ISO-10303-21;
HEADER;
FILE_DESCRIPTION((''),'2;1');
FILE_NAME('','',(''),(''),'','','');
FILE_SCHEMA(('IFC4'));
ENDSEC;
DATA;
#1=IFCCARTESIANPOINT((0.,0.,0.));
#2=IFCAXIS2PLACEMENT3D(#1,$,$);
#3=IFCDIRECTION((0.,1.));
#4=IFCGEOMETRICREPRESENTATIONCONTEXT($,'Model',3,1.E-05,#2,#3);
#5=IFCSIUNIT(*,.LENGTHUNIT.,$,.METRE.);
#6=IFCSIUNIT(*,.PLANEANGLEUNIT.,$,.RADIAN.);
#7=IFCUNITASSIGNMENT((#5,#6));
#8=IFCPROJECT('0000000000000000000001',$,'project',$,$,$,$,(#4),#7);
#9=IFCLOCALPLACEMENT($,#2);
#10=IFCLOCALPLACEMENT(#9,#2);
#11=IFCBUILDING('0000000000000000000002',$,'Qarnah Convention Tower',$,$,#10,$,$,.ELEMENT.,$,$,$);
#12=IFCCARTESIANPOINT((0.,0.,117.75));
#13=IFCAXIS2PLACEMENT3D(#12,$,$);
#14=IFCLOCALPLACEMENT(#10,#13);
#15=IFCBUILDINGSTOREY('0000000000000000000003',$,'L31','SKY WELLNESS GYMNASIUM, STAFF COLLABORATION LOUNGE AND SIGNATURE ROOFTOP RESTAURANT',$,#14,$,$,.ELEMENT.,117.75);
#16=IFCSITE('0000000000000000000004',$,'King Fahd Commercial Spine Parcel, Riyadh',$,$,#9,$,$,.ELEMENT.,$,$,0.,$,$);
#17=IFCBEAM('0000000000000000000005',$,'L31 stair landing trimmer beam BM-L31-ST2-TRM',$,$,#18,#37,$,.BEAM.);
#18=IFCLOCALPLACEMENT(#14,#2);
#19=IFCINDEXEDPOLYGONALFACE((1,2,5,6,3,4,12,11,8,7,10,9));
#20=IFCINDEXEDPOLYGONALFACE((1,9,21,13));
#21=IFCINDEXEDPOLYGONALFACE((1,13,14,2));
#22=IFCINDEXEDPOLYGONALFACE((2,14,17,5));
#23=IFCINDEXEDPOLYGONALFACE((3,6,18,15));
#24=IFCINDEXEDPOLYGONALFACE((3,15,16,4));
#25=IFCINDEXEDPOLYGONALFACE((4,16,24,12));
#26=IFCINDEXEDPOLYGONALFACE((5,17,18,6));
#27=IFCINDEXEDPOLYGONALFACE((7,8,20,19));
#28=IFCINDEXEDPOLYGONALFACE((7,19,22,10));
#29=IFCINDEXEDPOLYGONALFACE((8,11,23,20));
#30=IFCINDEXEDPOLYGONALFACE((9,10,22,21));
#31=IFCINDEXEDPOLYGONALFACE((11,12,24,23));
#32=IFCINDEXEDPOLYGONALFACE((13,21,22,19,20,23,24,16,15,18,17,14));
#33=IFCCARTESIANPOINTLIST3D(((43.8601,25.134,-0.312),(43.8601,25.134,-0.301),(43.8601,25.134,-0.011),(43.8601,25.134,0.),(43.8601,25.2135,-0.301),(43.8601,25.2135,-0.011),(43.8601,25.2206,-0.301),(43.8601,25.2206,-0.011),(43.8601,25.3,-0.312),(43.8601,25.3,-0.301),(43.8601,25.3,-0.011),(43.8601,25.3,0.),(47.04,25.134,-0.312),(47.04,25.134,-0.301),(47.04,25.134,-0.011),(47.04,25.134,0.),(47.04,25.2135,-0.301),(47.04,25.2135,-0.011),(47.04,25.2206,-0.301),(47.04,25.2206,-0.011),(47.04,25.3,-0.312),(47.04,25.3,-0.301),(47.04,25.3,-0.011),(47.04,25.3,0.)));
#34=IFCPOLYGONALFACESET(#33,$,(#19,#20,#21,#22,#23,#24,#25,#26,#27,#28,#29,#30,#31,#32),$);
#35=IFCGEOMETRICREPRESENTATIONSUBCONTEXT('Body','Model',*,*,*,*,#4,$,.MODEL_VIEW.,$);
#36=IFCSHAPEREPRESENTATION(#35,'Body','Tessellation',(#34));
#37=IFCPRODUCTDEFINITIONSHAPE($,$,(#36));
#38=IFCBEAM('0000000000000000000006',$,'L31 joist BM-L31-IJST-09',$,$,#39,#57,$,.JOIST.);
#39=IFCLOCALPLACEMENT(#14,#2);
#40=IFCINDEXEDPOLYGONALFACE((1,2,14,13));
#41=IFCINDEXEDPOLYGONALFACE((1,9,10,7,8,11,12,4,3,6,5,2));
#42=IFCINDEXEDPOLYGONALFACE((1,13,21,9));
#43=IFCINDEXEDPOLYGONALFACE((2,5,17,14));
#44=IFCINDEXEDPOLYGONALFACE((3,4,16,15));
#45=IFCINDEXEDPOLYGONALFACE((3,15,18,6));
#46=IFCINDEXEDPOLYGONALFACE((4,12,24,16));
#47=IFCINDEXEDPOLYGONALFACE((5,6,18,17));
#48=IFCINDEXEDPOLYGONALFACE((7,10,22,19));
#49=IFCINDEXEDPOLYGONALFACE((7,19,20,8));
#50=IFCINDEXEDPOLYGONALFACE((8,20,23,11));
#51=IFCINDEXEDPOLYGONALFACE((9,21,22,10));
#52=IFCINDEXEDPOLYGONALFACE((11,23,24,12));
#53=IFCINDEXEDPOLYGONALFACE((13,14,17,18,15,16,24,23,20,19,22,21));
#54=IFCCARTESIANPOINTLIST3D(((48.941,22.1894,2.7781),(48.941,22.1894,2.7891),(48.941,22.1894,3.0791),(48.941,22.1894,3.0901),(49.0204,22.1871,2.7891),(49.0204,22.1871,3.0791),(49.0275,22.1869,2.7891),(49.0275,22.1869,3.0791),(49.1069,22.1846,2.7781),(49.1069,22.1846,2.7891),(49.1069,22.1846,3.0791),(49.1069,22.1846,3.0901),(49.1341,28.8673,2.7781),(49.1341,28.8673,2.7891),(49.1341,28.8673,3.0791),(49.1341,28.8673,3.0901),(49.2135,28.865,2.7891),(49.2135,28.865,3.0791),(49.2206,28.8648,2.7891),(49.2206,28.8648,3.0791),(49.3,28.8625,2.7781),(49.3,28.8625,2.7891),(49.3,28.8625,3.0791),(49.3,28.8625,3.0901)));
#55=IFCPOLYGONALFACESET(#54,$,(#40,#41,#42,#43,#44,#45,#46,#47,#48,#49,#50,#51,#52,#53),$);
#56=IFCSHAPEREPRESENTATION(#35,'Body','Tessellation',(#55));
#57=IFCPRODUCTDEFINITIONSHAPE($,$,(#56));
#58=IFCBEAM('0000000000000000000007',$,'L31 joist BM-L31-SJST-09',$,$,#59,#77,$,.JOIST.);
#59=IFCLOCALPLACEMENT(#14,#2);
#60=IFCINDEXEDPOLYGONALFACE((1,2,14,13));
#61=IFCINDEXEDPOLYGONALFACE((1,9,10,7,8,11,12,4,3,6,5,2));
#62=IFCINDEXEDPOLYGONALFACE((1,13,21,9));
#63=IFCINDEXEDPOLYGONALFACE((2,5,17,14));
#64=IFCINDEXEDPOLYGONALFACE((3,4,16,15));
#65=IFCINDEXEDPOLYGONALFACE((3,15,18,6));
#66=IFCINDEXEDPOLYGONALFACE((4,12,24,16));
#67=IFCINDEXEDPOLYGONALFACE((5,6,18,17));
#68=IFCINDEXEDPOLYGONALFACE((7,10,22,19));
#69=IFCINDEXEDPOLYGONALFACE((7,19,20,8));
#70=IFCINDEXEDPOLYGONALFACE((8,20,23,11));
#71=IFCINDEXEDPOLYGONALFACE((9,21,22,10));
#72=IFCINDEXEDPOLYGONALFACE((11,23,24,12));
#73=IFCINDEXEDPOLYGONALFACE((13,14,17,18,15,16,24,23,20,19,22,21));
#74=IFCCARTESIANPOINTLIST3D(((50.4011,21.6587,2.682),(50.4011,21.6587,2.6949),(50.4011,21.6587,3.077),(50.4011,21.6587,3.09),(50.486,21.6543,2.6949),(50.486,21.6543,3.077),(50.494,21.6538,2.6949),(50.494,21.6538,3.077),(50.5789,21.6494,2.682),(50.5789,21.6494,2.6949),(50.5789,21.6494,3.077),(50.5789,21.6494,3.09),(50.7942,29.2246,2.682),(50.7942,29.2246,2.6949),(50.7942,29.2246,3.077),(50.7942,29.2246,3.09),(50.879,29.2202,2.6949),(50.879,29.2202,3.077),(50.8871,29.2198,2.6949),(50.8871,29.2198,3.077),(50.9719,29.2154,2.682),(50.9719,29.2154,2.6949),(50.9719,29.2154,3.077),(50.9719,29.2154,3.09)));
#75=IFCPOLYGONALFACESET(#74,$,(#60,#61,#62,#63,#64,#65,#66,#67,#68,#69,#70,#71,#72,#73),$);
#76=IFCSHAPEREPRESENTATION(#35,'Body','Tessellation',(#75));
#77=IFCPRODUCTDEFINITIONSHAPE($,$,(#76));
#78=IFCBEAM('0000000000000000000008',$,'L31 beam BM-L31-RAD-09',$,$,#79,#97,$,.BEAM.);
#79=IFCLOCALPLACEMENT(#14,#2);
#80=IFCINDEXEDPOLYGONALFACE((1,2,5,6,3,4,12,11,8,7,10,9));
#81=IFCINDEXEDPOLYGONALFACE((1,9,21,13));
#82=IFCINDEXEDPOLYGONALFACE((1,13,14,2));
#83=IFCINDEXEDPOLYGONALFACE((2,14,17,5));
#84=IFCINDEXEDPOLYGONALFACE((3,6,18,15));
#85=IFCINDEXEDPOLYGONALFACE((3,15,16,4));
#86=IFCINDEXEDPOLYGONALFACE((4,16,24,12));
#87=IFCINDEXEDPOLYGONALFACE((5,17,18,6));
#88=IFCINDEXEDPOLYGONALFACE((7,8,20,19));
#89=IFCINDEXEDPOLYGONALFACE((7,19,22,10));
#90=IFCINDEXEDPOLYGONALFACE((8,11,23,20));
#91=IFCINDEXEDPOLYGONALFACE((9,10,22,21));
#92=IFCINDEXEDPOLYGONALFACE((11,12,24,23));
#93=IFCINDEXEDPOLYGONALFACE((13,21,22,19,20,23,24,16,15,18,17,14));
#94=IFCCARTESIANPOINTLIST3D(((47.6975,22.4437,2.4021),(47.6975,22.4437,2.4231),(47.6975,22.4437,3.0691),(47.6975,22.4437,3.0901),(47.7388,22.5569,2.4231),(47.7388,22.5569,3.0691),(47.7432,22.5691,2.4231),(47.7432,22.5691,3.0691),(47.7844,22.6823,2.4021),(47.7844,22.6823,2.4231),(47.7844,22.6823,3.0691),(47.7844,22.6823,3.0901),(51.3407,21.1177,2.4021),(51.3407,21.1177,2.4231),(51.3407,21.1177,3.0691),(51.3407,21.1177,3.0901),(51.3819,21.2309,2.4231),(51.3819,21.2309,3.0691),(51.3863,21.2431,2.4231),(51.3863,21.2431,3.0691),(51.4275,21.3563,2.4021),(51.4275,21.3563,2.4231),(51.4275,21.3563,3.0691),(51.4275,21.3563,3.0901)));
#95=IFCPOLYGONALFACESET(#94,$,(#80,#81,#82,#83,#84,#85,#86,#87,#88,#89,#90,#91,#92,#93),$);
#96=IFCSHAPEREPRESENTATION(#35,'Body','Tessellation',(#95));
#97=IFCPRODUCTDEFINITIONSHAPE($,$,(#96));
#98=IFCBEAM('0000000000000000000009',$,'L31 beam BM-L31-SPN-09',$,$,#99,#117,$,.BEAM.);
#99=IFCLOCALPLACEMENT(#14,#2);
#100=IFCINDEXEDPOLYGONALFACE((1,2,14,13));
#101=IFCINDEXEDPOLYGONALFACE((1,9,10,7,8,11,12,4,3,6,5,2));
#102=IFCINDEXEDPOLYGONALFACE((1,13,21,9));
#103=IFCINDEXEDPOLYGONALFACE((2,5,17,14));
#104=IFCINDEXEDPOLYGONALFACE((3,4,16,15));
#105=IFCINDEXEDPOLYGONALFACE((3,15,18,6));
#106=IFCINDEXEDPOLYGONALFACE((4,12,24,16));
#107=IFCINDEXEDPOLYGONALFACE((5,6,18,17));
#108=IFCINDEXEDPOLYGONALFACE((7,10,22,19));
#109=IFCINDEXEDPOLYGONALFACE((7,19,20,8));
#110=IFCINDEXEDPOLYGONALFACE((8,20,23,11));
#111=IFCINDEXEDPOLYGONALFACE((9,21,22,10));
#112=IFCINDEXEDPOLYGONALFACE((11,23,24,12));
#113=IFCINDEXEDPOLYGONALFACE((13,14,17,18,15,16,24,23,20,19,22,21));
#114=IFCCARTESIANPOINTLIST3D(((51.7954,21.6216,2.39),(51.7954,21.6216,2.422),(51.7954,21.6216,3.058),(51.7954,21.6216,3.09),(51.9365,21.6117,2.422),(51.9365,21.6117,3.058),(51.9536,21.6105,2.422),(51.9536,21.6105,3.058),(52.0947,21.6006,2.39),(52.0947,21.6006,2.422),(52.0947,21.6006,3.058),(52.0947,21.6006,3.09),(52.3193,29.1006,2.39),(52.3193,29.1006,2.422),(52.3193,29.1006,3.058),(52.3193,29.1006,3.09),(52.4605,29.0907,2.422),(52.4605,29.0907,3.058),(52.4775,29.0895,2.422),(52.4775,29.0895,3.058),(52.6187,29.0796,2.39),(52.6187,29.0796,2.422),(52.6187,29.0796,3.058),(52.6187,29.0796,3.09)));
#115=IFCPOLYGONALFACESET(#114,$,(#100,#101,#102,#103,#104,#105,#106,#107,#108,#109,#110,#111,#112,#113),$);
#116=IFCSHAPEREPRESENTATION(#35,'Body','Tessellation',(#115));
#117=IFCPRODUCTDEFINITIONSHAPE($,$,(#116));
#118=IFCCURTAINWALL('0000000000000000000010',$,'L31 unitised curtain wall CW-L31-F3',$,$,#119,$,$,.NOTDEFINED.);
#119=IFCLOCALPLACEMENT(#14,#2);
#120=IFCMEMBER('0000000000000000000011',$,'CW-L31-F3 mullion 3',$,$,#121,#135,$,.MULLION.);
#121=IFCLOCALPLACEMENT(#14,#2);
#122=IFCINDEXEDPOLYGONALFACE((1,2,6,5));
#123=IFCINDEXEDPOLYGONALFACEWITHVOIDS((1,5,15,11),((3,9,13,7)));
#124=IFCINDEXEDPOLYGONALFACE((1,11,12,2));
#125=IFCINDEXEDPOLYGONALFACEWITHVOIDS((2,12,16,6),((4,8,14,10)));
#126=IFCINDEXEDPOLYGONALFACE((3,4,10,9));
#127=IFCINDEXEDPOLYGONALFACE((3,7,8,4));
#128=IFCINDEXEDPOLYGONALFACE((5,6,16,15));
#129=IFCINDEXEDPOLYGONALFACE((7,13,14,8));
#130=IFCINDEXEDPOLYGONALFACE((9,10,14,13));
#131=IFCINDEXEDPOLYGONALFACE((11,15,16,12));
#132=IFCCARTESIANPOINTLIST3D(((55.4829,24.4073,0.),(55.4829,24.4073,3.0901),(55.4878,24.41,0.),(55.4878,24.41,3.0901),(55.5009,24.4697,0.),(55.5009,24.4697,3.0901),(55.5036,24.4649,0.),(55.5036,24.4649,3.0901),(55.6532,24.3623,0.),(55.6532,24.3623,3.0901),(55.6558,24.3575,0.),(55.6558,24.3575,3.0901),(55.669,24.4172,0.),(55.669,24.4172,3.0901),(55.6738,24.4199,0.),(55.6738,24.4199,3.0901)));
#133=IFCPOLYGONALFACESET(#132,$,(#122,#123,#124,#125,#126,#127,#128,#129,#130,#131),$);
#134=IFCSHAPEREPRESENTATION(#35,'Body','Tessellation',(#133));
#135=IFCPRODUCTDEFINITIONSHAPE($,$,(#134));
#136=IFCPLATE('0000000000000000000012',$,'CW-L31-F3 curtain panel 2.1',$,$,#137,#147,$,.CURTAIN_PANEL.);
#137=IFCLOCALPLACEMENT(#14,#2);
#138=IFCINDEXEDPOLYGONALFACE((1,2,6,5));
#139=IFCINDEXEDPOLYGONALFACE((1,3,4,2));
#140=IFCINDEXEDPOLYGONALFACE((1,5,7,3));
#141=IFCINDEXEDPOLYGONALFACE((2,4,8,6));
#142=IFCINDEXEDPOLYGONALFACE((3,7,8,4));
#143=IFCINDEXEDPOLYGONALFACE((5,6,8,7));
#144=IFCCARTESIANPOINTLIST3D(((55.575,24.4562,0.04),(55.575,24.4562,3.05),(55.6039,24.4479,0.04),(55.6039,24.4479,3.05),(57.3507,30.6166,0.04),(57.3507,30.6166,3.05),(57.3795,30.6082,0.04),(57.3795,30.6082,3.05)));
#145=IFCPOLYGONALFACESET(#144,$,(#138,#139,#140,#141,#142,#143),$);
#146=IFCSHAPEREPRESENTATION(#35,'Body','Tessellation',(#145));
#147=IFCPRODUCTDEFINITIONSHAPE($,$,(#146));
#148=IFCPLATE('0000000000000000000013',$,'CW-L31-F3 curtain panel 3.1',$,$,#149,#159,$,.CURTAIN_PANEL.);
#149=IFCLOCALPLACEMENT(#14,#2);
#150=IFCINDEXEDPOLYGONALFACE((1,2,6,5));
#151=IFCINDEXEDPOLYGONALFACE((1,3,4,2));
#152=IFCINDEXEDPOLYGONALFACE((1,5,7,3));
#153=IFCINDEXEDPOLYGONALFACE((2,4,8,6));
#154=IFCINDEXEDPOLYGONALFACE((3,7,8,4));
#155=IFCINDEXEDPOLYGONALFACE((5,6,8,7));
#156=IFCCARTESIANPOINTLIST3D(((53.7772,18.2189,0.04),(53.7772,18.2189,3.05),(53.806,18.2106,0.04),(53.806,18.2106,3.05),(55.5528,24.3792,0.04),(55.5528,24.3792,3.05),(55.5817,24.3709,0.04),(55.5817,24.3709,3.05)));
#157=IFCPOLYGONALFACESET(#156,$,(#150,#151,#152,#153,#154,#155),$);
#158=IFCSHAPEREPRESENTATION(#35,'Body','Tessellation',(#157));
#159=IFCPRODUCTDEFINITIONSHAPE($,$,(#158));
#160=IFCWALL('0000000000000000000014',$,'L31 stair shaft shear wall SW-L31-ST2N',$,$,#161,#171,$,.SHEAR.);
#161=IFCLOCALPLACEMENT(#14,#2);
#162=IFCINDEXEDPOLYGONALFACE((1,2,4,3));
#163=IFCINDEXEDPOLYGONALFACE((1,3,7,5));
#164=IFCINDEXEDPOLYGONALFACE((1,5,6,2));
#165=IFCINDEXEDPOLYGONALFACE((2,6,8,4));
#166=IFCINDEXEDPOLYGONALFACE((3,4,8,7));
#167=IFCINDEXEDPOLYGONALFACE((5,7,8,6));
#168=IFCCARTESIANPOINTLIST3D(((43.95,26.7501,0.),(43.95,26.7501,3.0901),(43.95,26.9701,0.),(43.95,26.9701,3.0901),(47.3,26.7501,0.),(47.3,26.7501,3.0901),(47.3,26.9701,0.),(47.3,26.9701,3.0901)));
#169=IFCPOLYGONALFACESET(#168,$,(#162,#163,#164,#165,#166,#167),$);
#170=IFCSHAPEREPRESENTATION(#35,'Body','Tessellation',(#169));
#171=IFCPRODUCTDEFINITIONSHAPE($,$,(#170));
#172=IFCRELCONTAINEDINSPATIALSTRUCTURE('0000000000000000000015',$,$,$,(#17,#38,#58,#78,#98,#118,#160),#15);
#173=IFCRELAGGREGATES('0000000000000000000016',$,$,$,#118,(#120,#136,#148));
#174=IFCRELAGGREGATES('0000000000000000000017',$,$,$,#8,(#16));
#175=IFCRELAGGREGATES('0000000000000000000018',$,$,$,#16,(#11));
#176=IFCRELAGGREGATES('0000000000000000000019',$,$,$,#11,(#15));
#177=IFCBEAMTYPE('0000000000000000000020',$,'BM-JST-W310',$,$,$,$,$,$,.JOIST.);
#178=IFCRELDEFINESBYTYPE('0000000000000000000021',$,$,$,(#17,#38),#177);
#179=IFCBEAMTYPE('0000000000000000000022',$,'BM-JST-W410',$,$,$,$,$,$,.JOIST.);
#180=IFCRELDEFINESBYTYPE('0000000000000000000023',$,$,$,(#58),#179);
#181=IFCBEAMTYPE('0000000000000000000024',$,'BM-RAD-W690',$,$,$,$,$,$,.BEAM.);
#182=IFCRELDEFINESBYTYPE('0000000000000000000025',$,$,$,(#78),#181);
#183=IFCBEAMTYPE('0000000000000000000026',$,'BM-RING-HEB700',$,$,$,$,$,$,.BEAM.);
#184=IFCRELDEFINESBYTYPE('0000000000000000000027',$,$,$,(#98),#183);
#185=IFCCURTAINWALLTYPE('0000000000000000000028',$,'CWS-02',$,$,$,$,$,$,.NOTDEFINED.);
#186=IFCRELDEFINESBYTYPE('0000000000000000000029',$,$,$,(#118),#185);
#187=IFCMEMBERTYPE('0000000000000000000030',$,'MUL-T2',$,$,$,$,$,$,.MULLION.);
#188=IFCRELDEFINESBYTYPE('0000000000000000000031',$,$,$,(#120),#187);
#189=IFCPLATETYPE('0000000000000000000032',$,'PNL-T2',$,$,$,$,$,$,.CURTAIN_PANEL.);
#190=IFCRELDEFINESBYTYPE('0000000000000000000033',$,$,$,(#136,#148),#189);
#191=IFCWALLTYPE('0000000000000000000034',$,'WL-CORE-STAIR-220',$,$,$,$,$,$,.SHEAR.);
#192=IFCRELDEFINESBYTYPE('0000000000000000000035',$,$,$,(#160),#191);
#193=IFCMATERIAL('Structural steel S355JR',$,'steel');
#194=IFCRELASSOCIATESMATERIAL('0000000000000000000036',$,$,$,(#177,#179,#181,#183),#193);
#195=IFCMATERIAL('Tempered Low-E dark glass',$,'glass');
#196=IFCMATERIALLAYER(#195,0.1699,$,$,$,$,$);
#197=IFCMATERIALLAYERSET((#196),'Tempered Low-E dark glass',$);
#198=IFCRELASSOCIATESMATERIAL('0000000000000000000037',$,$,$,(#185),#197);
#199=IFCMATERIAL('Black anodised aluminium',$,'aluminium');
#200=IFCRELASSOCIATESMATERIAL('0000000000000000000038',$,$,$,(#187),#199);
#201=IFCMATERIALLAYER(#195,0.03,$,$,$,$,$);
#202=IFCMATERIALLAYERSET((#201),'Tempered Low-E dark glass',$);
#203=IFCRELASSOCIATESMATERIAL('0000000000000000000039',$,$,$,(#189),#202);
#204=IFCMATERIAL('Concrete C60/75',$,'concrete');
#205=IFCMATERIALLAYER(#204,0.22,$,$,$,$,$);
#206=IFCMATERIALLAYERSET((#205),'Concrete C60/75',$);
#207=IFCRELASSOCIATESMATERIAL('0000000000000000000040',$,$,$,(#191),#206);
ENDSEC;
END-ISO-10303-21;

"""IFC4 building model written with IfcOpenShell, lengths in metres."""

from ifc_helpers import new_model, si_unit, direction, frame, frame_2d, origin, origin_2d, place, context, subcontext, project, spatial, rectangle, hollow_rectangle, i_section, extrude, material, layer, layer_set, material_profile, profile_set, type_object, element, aggregate, save


model = new_model("IFC4")

# Units and contexts
model_context = context("Model", 3, precision=1e-05, world=origin(), true_north=direction((0.0, 1.0)))
body_context = subcontext(model_context, "Body", "Model", "MODEL_VIEW")
ifc_project = project(units=[si_unit("LENGTHUNIT", "METRE"), si_unit("PLANEANGLEUNIT", "RADIAN")], contexts=[model_context])

# Site, building, storey
site_placement = place(None, origin())
site = spatial("IfcSite", under=ifc_project, at=site_placement, Name="King Fahd Commercial Spine Parcel, Riyadh", CompositionType="ELEMENT", RefElevation=0.0)
building_placement = place(site_placement, origin())
building = spatial("IfcBuilding", under=site, at=building_placement, Name="Qarnah Convention Tower", CompositionType="ELEMENT")
storey_placement = place(building_placement, frame((0.0, 0.0, 117.75)))
storey = spatial("IfcBuildingStorey", under=building, at=storey_placement, Name="L31", Description="SKY WELLNESS GYMNASIUM, STAFF COLLABORATION LOUNGE AND SIGNATURE ROOFTOP RESTAURANT", CompositionType="ELEMENT", Elevation=117.75)

# Beams
ifc_material_1 = material(Name="Structural steel S355JR", Category="steel")
ifc_material_profile_1 = material_profile(ifc_material_1, i_section(OverallWidth=0.166, OverallDepth=0.312, WebThickness=0.0071, FlangeThickness=0.011, at=origin_2d()), Name="W310X45")
ifc_profile_set_1 = profile_set([ifc_material_profile_1], Name="Structural steel S355JR")
beam_type_1 = type_object("IfcBeamType", Name="BM-JST-W310", PredefinedType="JOIST", material=ifc_profile_set_1)
beam_1_placement = place(storey_placement, frame((43.8601, 25.217, -0.156), z_axis=(1.0, 0.0, 0.0), x_axis=(0.0, 1.0, 0.0)))
element("IfcBeam", 1, at=beam_1_placement, inside=storey, type_object=beam_type_1, Name="L31 stair landing trimmer beam BM-L31-ST2-TRM", PredefinedType="BEAM", context=body_context, shape_type="SweptSolid", body=[
    extrude(i_section(OverallWidth=0.166, OverallDepth=0.312, WebThickness=0.0071, FlangeThickness=0.011, at=origin_2d()), origin(), (0.0, 0.0, 1.0), 3.1799),
])
beam_2_placement = place(storey_placement, frame((49.0239, 22.187, 2.9341), z_axis=(0.028906, 0.999582, 0.0), x_axis=(-0.999582, 0.028906, 0.0)))
element("IfcBeam", 2, at=beam_2_placement, inside=storey, type_object=beam_type_1, Name="L31 joist BM-L31-IJST-09", PredefinedType="JOIST", context=body_context, shape_type="SweptSolid", body=[
    extrude(i_section(OverallWidth=0.166, OverallDepth=0.312, WebThickness=0.0071, FlangeThickness=0.011, at=origin_2d()), origin(), (0.0, 0.0, 1.0), 6.6807),
])
ifc_material_profile_2 = material_profile(ifc_material_1, i_section(OverallWidth=0.178, OverallDepth=0.408, WebThickness=0.0081, FlangeThickness=0.0129, at=origin_2d()), Name="W410X60")
ifc_profile_set_2 = profile_set([ifc_material_profile_2], Name="Structural steel S355JR")
beam_type_2 = type_object("IfcBeamType", Name="BM-JST-W410", PredefinedType="JOIST", material=ifc_profile_set_2)
beam_3_placement = place(storey_placement, frame((50.49, 21.6541, 2.886), z_axis=(0.051882, 0.998653, 0.0), x_axis=(-0.998653, 0.051882, 0.0)))
element("IfcBeam", 3, at=beam_3_placement, inside=storey, type_object=beam_type_2, Name="L31 joist BM-L31-SJST-09", PredefinedType="JOIST", context=body_context, shape_type="SweptSolid", body=[
    extrude(i_section(OverallWidth=0.178, OverallDepth=0.408, WebThickness=0.0081, FlangeThickness=0.0129, at=origin_2d()), origin(), (0.0, 0.0, 1.0), 7.5762),
])
ifc_material_profile_3 = material_profile(ifc_material_1, i_section(OverallWidth=0.2539, OverallDepth=0.688, WebThickness=0.0129, FlangeThickness=0.021, at=origin_2d()), Name="W690X152")
ifc_profile_set_3 = profile_set([ifc_material_profile_3], Name="Structural steel S355JR")
beam_type_3 = type_object("IfcBeamType", Name="BM-RAD-W690", PredefinedType="BEAM", material=ifc_profile_set_3)
beam_4_placement = place(storey_placement, frame((47.741, 22.563, 2.7461), z_axis=(0.939696, -0.342011, 0.0), x_axis=(0.342011, 0.939696, 0.0)))
element("IfcBeam", 4, at=beam_4_placement, inside=storey, type_object=beam_type_3, Name="L31 beam BM-L31-RAD-09", PredefinedType="BEAM", context=body_context, shape_type="SweptSolid", body=[
    extrude(i_section(OverallWidth=0.2539, OverallDepth=0.688, WebThickness=0.0129, FlangeThickness=0.021, at=origin_2d()), origin(), (0.0, 0.0, 1.0), 3.877),
])
ifc_material_profile_4 = material_profile(ifc_material_1, i_section(OverallWidth=0.3, OverallDepth=0.7, WebThickness=0.0171, FlangeThickness=0.032, at=origin_2d()), Name="HEB700")
ifc_profile_set_4 = profile_set([ifc_material_profile_4], Name="Structural steel S355JR")
beam_type_4 = type_object("IfcBeamType", Name="BM-RING-HEB700", PredefinedType="BEAM", material=ifc_profile_set_4)
beam_5_placement = place(storey_placement, frame((51.9451, 21.6111, 2.74), z_axis=(0.069882, 0.997555, 0.0), x_axis=(-0.997555, 0.069882, 0.0)))
element("IfcBeam", 5, at=beam_5_placement, inside=storey, type_object=beam_type_4, Name="L31 beam BM-L31-SPN-09", PredefinedType="BEAM", context=body_context, shape_type="SweptSolid", body=[
    extrude(i_section(OverallWidth=0.3, OverallDepth=0.7, WebThickness=0.0171, FlangeThickness=0.032, at=origin_2d()), origin(), (0.0, 0.0, 1.0), 7.4973),
])

# Curtain wall, member, plates
ifc_material_2 = material(Name="Tempered Low-E dark glass", Category="glass")
ifc_layer_1 = layer(ifc_material_2, 0.1699)
ifc_layer_set_1 = layer_set([ifc_layer_1], Name="Tempered Low-E dark glass")
curtain_wall_type = type_object("IfcCurtainWallType", Name="CWS-02", PredefinedType="NOTDEFINED", material=ifc_layer_set_1)
curtain_wall_placement = place(storey_placement, origin())
curtain_wall = element("IfcCurtainWall", 6, at=curtain_wall_placement, inside=storey, type_object=curtain_wall_type, Name="L31 unitised curtain wall CW-L31-F3", PredefinedType="NOTDEFINED")
ifc_material_3 = material(Name="Black anodised aluminium", Category="aluminium")
ifc_material_profile_5 = material_profile(ifc_material_3, hollow_rectangle(XDim=0.0649, YDim=0.1799, WallThickness=0.0039, at=origin_2d()), Name="MUL-65X180")
ifc_profile_set_5 = profile_set([ifc_material_profile_5], Name="Black anodised aluminium")
member_type = type_object("IfcMemberType", Name="MUL-T2", PredefinedType="MULLION", material=ifc_profile_set_5)
member_placement = place(storey_placement, frame((55.5784, 24.4136, 0.0), z_axis=(0.0, 0.0, 1.0), x_axis=(-0.276963, -0.960881, 0.0)))
member = element("IfcMember", 7, at=member_placement, type_object=member_type, Name="CW-L31-F3 mullion 3", PredefinedType="MULLION", context=body_context, shape_type="SweptSolid", body=[
    extrude(hollow_rectangle(XDim=0.0649, YDim=0.1799, WallThickness=0.0039, at=origin_2d()), origin(), (0.0, 0.0, 1.0), 3.0901),
])
ifc_layer_2 = layer(ifc_material_2, 0.03)
ifc_layer_set_2 = layer_set([ifc_layer_2], Name="Tempered Low-E dark glass")
plate_type = type_object("IfcPlateType", Name="PNL-T2", PredefinedType="CURTAIN_PANEL", material=ifc_layer_set_2)
plate_1_placement = place(storey_placement, frame((56.4773, 27.5322, 0.04), z_axis=(0.0, 0.0, 1.0), x_axis=(-0.276963, -0.960881, 0.0)))
plate_1 = element("IfcPlate", 8, at=plate_1_placement, type_object=plate_type, Name="CW-L31-F3 curtain panel 2.1", PredefinedType="CURTAIN_PANEL", context=body_context, shape_type="SweptSolid", body=[
    extrude(rectangle(XDim=6.4111, YDim=0.03, at=origin_2d()), origin(), (0.0, 0.0, 1.0), 3.01),
])
plate_2_placement = place(storey_placement, frame((54.6794, 21.2949, 0.04), z_axis=(0.0, 0.0, 1.0), x_axis=(-0.276963, -0.960881, 0.0)))
plate_2 = element("IfcPlate", 9, at=plate_2_placement, type_object=plate_type, Name="CW-L31-F3 curtain panel 3.1", PredefinedType="CURTAIN_PANEL", context=body_context, shape_type="SweptSolid", body=[
    extrude(rectangle(XDim=6.4111, YDim=0.03, at=origin_2d()), origin(), (0.0, 0.0, 1.0), 3.01),
])
aggregate(curtain_wall, [member, plate_1, plate_2])

# Wall
ifc_material_4 = material(Name="Concrete C60/75", Category="concrete")
ifc_layer_3 = layer(ifc_material_4, 0.22)
ifc_layer_set_3 = layer_set([ifc_layer_3], Name="Concrete C60/75")
wall_type_1 = type_object("IfcWallType", Name="WL-CORE-STAIR-220", PredefinedType="SHEAR", material=ifc_layer_set_3)
wall_1_placement = place(storey_placement, frame((43.95, 26.8601, 0.0), z_axis=(0.0, 0.0, 1.0), x_axis=(1.0, 0.0, 0.0)))
element("IfcWall", 10, at=wall_1_placement, inside=storey, type_object=wall_type_1, Name="L31 stair shaft shear wall SW-L31-ST2N", PredefinedType="SHEAR", context=body_context, shape_type="SweptSolid", body=[
    extrude(rectangle(XDim=3.3501, YDim=0.22, at=frame_2d((1.675, 0.0))), origin(), (0.0, 0.0, 1.0), 3.0901),
])

save(model, "model.ifc")
